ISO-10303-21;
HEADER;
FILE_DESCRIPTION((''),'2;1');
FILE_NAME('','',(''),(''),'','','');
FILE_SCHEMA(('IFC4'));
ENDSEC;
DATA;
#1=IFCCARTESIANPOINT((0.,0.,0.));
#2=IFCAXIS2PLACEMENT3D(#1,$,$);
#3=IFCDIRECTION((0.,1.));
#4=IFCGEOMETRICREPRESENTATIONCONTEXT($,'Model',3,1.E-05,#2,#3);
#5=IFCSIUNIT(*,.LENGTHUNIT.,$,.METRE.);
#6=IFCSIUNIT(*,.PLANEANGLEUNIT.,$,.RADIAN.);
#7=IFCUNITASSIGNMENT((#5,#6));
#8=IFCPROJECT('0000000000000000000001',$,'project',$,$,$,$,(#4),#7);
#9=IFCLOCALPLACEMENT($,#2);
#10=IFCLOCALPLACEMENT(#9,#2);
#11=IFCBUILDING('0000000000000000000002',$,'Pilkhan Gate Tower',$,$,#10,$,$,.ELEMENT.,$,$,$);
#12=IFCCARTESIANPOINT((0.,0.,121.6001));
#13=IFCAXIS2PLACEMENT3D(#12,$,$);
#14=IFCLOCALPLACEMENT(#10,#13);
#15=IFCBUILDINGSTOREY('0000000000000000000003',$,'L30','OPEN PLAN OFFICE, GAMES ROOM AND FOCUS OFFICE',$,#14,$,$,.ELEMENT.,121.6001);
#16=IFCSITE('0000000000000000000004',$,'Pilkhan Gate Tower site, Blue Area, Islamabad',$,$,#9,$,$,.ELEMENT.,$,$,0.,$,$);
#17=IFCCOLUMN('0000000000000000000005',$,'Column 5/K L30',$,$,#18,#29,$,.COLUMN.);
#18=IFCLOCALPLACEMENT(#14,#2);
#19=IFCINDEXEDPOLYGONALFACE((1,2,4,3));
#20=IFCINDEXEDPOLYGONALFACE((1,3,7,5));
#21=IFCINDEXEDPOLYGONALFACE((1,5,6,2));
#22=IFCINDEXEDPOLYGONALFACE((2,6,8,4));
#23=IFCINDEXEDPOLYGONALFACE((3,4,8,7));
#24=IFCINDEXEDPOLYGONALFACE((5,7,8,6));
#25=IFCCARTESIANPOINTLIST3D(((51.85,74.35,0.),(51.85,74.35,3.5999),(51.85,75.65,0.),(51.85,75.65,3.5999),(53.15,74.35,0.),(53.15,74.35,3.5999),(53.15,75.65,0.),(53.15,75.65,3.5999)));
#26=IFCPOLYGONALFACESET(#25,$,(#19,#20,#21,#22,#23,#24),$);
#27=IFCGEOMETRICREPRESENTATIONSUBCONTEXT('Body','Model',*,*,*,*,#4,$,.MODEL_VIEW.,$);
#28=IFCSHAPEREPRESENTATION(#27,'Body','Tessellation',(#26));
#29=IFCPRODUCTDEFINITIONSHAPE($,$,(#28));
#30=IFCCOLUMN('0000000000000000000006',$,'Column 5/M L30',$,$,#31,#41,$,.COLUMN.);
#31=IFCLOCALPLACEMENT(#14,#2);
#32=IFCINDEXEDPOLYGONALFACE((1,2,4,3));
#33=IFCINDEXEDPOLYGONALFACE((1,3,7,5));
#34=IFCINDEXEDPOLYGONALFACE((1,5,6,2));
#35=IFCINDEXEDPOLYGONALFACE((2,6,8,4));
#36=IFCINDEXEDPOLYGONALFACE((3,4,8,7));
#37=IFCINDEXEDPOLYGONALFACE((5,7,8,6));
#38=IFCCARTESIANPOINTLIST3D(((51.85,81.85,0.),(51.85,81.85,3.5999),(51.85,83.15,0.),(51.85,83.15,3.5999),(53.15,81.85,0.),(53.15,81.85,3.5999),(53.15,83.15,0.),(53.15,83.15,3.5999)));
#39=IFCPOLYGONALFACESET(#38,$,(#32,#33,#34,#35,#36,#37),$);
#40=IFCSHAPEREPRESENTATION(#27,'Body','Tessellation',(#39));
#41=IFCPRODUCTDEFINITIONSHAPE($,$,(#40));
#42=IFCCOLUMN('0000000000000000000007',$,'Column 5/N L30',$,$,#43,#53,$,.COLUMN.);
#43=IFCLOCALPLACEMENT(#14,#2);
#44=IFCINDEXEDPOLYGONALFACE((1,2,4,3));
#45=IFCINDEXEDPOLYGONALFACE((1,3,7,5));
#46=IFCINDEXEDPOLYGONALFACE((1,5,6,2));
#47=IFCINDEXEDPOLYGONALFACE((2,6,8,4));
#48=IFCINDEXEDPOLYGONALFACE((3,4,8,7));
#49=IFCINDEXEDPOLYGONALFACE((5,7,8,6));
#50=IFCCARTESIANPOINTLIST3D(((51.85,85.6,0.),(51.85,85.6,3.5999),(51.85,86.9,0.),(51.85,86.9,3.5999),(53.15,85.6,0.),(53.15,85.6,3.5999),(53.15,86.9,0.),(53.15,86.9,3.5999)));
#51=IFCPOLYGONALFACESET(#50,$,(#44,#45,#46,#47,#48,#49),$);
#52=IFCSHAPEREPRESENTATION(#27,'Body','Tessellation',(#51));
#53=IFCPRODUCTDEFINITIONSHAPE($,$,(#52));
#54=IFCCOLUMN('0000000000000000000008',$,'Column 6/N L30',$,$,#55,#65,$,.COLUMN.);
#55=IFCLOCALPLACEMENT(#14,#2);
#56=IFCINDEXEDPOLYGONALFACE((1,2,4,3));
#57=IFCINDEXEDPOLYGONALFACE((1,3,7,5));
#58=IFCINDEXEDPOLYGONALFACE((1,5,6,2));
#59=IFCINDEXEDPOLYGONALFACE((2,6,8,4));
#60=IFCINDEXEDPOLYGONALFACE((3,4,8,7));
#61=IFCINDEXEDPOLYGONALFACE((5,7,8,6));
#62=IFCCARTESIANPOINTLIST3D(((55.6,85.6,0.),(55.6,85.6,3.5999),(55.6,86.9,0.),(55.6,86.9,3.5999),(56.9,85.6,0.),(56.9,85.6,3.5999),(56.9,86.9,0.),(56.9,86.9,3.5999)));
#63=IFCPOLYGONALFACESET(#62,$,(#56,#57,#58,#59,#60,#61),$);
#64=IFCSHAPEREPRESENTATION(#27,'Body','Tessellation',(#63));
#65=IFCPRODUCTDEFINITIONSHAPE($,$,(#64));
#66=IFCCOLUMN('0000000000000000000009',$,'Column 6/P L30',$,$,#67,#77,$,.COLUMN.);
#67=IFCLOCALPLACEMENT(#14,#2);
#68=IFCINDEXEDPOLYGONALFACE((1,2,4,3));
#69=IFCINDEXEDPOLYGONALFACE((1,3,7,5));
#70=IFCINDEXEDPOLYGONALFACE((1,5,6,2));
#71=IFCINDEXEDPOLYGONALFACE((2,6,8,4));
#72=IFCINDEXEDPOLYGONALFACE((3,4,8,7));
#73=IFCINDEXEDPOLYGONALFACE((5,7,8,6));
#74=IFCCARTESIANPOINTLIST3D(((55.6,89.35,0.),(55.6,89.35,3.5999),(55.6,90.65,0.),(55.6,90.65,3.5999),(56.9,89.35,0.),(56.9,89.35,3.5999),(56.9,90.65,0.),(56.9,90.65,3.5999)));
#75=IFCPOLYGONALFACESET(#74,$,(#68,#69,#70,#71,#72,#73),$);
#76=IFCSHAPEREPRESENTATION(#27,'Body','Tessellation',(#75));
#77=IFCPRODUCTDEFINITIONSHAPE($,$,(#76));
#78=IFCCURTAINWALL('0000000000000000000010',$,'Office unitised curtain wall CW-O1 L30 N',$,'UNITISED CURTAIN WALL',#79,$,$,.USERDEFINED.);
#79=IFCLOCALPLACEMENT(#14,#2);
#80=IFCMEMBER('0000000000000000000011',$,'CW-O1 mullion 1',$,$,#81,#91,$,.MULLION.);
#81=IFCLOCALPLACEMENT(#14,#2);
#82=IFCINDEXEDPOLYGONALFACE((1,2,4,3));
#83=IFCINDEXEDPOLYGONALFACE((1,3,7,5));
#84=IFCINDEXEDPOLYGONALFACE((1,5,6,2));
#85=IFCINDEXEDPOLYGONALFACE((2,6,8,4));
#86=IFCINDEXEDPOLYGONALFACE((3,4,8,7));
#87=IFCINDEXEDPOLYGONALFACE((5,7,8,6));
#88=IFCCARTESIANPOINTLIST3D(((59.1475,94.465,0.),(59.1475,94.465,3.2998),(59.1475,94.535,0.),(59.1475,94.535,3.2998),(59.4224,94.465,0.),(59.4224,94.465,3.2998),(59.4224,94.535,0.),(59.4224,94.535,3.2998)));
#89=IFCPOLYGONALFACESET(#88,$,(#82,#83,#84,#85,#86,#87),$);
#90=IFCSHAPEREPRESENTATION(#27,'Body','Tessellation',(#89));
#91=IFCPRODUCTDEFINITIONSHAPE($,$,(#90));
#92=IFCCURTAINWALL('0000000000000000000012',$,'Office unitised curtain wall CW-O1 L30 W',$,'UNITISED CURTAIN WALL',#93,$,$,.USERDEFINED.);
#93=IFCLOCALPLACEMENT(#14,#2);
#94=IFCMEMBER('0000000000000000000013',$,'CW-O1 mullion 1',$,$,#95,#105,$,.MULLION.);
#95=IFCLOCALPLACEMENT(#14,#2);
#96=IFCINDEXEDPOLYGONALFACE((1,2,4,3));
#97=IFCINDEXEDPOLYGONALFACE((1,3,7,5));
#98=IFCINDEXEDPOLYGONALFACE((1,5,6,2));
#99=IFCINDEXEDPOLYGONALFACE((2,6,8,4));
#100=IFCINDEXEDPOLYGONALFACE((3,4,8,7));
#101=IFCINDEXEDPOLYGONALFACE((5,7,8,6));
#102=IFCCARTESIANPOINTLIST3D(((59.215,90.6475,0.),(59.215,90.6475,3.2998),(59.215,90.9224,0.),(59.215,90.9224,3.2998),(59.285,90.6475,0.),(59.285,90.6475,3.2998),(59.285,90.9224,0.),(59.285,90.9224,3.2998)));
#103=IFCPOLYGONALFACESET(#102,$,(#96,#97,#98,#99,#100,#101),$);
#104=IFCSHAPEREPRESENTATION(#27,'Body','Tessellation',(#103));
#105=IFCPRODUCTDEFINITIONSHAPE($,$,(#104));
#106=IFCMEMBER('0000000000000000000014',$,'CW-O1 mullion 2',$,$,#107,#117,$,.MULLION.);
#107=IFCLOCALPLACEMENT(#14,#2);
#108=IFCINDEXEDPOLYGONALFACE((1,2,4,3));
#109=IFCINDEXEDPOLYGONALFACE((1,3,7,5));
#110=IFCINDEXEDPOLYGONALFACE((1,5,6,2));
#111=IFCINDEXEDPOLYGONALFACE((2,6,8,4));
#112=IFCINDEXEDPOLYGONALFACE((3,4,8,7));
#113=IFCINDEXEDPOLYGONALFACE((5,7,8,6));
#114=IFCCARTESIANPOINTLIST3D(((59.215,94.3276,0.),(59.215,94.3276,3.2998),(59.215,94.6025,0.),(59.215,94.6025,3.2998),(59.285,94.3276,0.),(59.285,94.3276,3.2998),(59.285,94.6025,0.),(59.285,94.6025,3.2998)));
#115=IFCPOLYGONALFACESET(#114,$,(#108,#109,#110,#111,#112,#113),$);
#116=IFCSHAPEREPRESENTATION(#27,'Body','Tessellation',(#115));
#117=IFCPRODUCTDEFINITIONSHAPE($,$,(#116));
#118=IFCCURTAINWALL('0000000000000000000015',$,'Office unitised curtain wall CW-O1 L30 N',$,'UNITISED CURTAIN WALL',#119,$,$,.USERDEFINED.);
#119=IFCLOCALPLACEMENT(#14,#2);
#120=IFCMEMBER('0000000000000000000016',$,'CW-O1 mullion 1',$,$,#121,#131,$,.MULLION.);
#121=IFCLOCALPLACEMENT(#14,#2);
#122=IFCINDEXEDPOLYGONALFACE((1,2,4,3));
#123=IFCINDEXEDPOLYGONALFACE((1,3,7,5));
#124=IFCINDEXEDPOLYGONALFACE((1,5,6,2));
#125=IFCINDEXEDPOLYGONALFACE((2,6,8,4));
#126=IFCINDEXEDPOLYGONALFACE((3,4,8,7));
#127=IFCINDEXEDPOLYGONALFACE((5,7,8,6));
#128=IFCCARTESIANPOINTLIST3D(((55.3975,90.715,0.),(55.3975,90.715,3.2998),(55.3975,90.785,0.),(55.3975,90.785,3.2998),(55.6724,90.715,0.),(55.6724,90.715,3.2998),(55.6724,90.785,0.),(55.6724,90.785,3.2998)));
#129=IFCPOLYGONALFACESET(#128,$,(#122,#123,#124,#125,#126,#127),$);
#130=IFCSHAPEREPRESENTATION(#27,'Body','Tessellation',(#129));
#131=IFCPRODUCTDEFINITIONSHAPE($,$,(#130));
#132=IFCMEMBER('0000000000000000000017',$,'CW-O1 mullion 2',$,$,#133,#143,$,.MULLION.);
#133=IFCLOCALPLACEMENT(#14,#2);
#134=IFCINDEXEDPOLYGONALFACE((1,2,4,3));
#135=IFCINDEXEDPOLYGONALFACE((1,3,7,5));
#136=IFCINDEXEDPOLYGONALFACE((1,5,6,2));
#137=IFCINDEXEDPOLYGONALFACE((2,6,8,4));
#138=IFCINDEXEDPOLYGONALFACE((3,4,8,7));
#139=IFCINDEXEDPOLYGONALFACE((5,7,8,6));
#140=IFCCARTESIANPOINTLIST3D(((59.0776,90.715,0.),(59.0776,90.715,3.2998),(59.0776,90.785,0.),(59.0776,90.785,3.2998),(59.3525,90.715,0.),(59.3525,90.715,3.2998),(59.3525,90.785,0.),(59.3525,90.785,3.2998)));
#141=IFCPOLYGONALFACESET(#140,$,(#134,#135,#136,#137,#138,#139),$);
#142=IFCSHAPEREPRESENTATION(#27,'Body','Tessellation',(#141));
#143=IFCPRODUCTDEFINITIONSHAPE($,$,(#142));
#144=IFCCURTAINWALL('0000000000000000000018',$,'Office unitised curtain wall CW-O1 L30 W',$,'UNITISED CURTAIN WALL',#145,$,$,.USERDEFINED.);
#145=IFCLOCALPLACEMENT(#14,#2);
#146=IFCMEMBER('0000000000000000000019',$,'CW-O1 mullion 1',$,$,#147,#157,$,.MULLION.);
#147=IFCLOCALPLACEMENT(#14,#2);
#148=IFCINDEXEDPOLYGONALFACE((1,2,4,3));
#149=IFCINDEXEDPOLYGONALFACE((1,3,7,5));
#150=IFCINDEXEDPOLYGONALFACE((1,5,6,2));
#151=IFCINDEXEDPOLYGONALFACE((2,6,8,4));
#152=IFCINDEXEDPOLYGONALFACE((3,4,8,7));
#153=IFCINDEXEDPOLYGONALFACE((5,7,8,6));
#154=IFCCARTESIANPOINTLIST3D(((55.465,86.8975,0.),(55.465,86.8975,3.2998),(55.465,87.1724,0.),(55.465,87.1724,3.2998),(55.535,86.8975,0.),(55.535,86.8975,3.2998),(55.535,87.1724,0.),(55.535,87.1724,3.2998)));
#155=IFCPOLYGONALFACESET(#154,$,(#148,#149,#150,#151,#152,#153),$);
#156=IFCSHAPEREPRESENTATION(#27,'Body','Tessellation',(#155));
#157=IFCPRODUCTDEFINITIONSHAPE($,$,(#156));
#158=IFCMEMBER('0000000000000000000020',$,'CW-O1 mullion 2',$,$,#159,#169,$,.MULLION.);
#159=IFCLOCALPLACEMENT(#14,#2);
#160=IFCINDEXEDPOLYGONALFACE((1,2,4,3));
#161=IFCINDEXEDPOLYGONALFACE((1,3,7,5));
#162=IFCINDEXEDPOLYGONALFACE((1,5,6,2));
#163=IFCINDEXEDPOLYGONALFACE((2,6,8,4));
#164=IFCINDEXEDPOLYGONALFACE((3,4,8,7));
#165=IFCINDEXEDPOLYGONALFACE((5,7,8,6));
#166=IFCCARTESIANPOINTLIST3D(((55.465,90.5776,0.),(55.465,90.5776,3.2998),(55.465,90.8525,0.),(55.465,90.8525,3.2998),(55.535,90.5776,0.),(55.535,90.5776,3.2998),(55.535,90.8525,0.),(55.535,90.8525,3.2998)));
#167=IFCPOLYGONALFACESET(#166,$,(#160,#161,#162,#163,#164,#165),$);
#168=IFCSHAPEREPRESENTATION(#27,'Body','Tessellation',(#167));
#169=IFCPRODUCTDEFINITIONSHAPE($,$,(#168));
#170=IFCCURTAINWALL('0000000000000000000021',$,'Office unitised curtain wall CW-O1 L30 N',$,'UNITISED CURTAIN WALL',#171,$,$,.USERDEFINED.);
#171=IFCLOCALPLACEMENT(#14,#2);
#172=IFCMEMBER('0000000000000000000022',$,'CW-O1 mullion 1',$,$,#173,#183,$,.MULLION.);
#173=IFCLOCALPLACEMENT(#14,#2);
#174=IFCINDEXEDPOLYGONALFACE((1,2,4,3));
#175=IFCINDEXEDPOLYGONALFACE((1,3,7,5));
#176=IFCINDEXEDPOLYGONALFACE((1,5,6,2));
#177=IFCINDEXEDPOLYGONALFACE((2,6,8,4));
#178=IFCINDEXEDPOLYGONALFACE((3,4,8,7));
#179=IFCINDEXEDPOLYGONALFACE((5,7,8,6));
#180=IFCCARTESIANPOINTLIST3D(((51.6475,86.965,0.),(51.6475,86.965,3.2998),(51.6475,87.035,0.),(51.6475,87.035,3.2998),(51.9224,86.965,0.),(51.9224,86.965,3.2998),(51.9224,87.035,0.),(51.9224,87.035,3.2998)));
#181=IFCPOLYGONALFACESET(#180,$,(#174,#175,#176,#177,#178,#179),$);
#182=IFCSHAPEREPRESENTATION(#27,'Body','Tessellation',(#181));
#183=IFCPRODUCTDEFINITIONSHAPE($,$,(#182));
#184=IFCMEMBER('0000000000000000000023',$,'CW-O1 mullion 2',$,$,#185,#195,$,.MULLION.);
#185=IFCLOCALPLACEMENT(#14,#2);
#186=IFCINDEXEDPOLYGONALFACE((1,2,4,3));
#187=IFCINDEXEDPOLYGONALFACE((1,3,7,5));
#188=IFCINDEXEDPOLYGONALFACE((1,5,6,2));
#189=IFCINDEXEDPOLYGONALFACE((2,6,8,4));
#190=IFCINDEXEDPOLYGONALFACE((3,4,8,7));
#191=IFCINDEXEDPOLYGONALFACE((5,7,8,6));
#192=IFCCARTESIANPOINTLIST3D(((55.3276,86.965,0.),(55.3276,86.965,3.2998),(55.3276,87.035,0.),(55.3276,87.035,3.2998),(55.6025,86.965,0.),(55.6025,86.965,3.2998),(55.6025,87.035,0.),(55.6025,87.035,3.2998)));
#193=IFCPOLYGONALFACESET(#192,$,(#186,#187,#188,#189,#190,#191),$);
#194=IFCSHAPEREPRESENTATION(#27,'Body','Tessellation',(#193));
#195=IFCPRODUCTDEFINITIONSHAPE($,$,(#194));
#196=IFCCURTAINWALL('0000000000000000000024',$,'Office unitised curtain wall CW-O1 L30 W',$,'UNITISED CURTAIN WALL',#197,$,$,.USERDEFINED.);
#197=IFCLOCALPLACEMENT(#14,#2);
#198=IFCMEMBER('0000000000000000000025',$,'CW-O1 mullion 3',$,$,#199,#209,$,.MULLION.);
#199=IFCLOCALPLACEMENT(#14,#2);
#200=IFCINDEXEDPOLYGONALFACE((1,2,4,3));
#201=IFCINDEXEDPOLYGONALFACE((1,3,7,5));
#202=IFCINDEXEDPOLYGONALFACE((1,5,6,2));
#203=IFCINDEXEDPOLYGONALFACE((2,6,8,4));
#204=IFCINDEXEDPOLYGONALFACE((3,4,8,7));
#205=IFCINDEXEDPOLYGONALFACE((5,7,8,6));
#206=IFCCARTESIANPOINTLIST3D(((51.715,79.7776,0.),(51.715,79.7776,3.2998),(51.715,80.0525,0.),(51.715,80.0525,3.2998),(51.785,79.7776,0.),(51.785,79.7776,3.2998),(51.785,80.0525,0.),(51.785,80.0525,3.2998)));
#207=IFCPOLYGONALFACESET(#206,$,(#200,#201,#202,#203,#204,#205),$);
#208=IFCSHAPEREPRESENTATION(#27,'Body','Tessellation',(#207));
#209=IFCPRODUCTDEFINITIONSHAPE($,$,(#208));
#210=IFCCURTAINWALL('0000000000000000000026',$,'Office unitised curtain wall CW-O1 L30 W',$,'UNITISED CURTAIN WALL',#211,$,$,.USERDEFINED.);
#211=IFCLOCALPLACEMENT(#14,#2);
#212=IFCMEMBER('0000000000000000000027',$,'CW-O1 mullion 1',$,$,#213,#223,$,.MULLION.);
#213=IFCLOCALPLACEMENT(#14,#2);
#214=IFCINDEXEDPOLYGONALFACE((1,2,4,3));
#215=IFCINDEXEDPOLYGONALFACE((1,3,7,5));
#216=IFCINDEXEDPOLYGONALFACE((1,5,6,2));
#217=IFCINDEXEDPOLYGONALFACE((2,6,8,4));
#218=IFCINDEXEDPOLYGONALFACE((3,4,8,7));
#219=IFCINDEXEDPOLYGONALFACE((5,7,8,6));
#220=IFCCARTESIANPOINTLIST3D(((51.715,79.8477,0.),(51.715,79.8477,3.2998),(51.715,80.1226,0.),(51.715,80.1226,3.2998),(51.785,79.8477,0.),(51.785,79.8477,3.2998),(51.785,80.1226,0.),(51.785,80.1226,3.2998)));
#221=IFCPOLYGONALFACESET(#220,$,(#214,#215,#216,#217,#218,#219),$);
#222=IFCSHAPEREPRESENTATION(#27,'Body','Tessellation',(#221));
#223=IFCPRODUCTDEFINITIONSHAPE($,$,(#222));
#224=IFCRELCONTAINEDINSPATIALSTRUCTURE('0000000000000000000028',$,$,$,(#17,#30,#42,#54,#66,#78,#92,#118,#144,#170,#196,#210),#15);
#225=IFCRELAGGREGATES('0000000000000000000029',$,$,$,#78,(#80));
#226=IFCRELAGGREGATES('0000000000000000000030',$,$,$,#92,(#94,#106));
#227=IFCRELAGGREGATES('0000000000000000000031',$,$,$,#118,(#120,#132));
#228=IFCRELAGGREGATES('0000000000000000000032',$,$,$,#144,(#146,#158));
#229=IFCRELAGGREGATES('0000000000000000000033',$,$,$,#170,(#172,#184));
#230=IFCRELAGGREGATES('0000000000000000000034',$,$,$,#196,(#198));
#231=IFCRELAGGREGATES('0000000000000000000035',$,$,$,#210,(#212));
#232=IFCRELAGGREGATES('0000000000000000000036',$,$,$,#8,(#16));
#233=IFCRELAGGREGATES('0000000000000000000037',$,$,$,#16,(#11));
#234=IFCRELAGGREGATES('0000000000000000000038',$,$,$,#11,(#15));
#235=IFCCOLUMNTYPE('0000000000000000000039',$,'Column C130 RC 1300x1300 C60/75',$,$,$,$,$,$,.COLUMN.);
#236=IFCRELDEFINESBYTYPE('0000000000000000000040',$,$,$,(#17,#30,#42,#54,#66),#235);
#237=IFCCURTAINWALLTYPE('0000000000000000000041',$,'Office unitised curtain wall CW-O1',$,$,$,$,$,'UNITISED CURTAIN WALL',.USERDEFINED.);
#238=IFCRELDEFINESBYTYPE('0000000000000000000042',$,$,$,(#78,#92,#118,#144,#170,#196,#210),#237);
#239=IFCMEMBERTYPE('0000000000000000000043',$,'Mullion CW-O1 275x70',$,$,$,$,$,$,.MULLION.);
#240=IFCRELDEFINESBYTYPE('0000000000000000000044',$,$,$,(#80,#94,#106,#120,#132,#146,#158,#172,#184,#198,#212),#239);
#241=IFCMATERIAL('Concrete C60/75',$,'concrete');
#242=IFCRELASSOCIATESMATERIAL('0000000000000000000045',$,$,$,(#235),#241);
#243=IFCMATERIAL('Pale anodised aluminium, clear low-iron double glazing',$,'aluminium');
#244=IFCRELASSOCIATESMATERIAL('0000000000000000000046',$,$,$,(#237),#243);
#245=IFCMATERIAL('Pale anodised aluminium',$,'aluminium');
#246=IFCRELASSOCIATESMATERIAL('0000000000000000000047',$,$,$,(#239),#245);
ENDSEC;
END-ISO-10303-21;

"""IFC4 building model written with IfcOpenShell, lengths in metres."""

from ifc_helpers import new_model, si_unit, direction, frame, origin, origin_2d, place, context, subcontext, project, spatial, rectangle, extrude, material, material_profile, profile_set, type_object, element, aggregate, save


model = new_model("IFC4")

# Units and contexts
model_context = context("Model", 3, precision=1e-05, world=origin(), true_north=direction((0.0, 1.0)))
body_context = subcontext(model_context, "Body", "Model", "MODEL_VIEW")
ifc_project = project(units=[si_unit("LENGTHUNIT", "METRE"), si_unit("PLANEANGLEUNIT", "RADIAN")], contexts=[model_context])

# Site, building, storey
site_placement = place(None, origin())
site = spatial("IfcSite", under=ifc_project, at=site_placement, Name="Pilkhan Gate Tower site, Blue Area, Islamabad", CompositionType="ELEMENT", RefElevation=0.0)
building_placement = place(site_placement, origin())
building = spatial("IfcBuilding", under=site, at=building_placement, Name="Pilkhan Gate Tower", CompositionType="ELEMENT")
storey_placement = place(building_placement, frame((0.0, 0.0, 121.6001)))
storey = spatial("IfcBuildingStorey", under=building, at=storey_placement, Name="L30", Description="OPEN PLAN OFFICE, GAMES ROOM AND FOCUS OFFICE", CompositionType="ELEMENT", Elevation=121.6001)

# Columns
ifc_material_1 = material(Name="Concrete C60/75", Category="concrete")
ifc_material_profile_1 = material_profile(ifc_material_1, rectangle(XDim=1.3, YDim=1.3, at=origin_2d()), Name="RC 1300x1300")
ifc_profile_set_1 = profile_set([ifc_material_profile_1], Name="Concrete C60/75")
column_type = type_object("IfcColumnType", Name="Column C130 RC 1300x1300 C60/75", PredefinedType="COLUMN", material=ifc_profile_set_1)
for number, where, z_axis, x_axis, name in (
    (1, (52.5, 75.0, 0.0), (0.0, 0.0, 1.0), (1.0, 0.0, 0.0), "Column 5/K L30"),
    (2, (52.5, 82.5, 0.0), (0.0, 0.0, 1.0), (1.0, 0.0, 0.0), "Column 5/M L30"),
    (3, (52.5, 86.25, 0.0), (0.0, 0.0, 1.0), (1.0, 0.0, 0.0), "Column 5/N L30"),
    (4, (56.25, 86.25, 0.0), (0.0, 0.0, 1.0), (1.0, 0.0, 0.0), "Column 6/N L30"),
    (5, (56.25, 90.0, 0.0), (0.0, 0.0, 1.0), (1.0, 0.0, 0.0), "Column 6/P L30"),
):
    element("IfcColumn", number, at=place(storey_placement, frame(where, z_axis=z_axis, x_axis=x_axis)), inside=storey, type_object=column_type, Name=name, PredefinedType="COLUMN", context=body_context, shape_type="SweptSolid", body=[
        extrude(rectangle(XDim=1.3, YDim=1.3, at=origin_2d()), origin(), (0.0, 0.0, 1.0), 3.5999),
    ])

# Curtain wall, member
ifc_material_2 = material(Name="Pale anodised aluminium, clear low-iron double glazing", Category="aluminium")
curtain_wall_type = type_object("IfcCurtainWallType", Name="Office unitised curtain wall CW-O1", ElementType="UNITISED CURTAIN WALL", PredefinedType="USERDEFINED", material=ifc_material_2)
curtain_wall_1_placement = place(storey_placement, origin())
curtain_wall_1 = element("IfcCurtainWall", 6, at=curtain_wall_1_placement, inside=storey, type_object=curtain_wall_type, Name="Office unitised curtain wall CW-O1 L30 N", ObjectType="UNITISED CURTAIN WALL", PredefinedType="USERDEFINED")
ifc_material_3 = material(Name="Pale anodised aluminium", Category="aluminium")
ifc_material_profile_2 = material_profile(ifc_material_3, rectangle(XDim=0.0701, YDim=0.2749, at=origin_2d()), Name="Mullion 275x70")
ifc_profile_set_2 = profile_set([ifc_material_profile_2], Name="Pale anodised aluminium")
member_type_1 = type_object("IfcMemberType", Name="Mullion CW-O1 275x70", PredefinedType="MULLION", material=ifc_profile_set_2)
member_1_placement = place(storey_placement, frame((59.2849, 94.5, 0.0), z_axis=(0.0, 0.0, 1.0), x_axis=(0.0, 1.0, 0.0)))
member_1 = element("IfcMember", 7, at=member_1_placement, type_object=member_type_1, Name="CW-O1 mullion 1", PredefinedType="MULLION", context=body_context, shape_type="SweptSolid", body=[
    extrude(rectangle(XDim=0.0701, YDim=0.2749, at=origin_2d()), origin(), (0.0, 0.0, 1.0), 3.2998),
])

# Curtain walls, members
curtain_wall_2_placement = place(storey_placement, origin())
curtain_wall_2 = element("IfcCurtainWall", 8, at=curtain_wall_2_placement, inside=storey, type_object=curtain_wall_type, Name="Office unitised curtain wall CW-O1 L30 W", ObjectType="UNITISED CURTAIN WALL", PredefinedType="USERDEFINED")
member_2_placement = place(storey_placement, frame((59.25, 90.7849, 0.0), z_axis=(0.0, 0.0, 1.0), x_axis=(-1.0, 0.0, 0.0)))
member_2 = element("IfcMember", 9, at=member_2_placement, type_object=member_type_1, Name="CW-O1 mullion 1", PredefinedType="MULLION", context=body_context, shape_type="SweptSolid", body=[
    extrude(rectangle(XDim=0.0701, YDim=0.2749, at=origin_2d()), origin(), (0.0, 0.0, 1.0), 3.2998),
])
member_3_placement = place(storey_placement, frame((59.25, 94.4651, 0.0), z_axis=(0.0, 0.0, 1.0), x_axis=(-1.0, 0.0, 0.0)))
member_3 = element("IfcMember", 10, at=member_3_placement, type_object=member_type_1, Name="CW-O1 mullion 2", PredefinedType="MULLION", context=body_context, shape_type="SweptSolid", body=[
    extrude(rectangle(XDim=0.0701, YDim=0.2749, at=origin_2d()), origin(), (0.0, 0.0, 1.0), 3.2998),
])
curtain_wall_3_placement = place(storey_placement, origin())
curtain_wall_3 = element("IfcCurtainWall", 11, at=curtain_wall_3_placement, inside=storey, type_object=curtain_wall_type, Name="Office unitised curtain wall CW-O1 L30 N", ObjectType="UNITISED CURTAIN WALL", PredefinedType="USERDEFINED")
member_4_placement = place(storey_placement, frame((55.5349, 90.75, 0.0), z_axis=(0.0, 0.0, 1.0), x_axis=(0.0, 1.0, 0.0)))
member_4 = element("IfcMember", 12, at=member_4_placement, type_object=member_type_1, Name="CW-O1 mullion 1", PredefinedType="MULLION", context=body_context, shape_type="SweptSolid", body=[
    extrude(rectangle(XDim=0.0701, YDim=0.2749, at=origin_2d()), origin(), (0.0, 0.0, 1.0), 3.2998),
])
member_5_placement = place(storey_placement, frame((59.2151, 90.75, 0.0), z_axis=(0.0, 0.0, 1.0), x_axis=(0.0, 1.0, 0.0)))
member_5 = element("IfcMember", 13, at=member_5_placement, type_object=member_type_1, Name="CW-O1 mullion 2", PredefinedType="MULLION", context=body_context, shape_type="SweptSolid", body=[
    extrude(rectangle(XDim=0.0701, YDim=0.2749, at=origin_2d()), origin(), (0.0, 0.0, 1.0), 3.2998),
])
curtain_wall_4_placement = place(storey_placement, origin())
curtain_wall_4 = element("IfcCurtainWall", 14, at=curtain_wall_4_placement, inside=storey, type_object=curtain_wall_type, Name="Office unitised curtain wall CW-O1 L30 W", ObjectType="UNITISED CURTAIN WALL", PredefinedType="USERDEFINED")
member_6_placement = place(storey_placement, frame((55.5, 87.0349, 0.0), z_axis=(0.0, 0.0, 1.0), x_axis=(-1.0, 0.0, 0.0)))
member_6 = element("IfcMember", 15, at=member_6_placement, type_object=member_type_1, Name="CW-O1 mullion 1", PredefinedType="MULLION", context=body_context, shape_type="SweptSolid", body=[
    extrude(rectangle(XDim=0.0701, YDim=0.2749, at=origin_2d()), origin(), (0.0, 0.0, 1.0), 3.2998),
])
member_7_placement = place(storey_placement, frame((55.5, 90.7151, 0.0), z_axis=(0.0, 0.0, 1.0), x_axis=(-1.0, 0.0, 0.0)))
member_7 = element("IfcMember", 16, at=member_7_placement, type_object=member_type_1, Name="CW-O1 mullion 2", PredefinedType="MULLION", context=body_context, shape_type="SweptSolid", body=[
    extrude(rectangle(XDim=0.0701, YDim=0.2749, at=origin_2d()), origin(), (0.0, 0.0, 1.0), 3.2998),
])
curtain_wall_5_placement = place(storey_placement, origin())
curtain_wall_5 = element("IfcCurtainWall", 17, at=curtain_wall_5_placement, inside=storey, type_object=curtain_wall_type, Name="Office unitised curtain wall CW-O1 L30 N", ObjectType="UNITISED CURTAIN WALL", PredefinedType="USERDEFINED")
member_8_placement = place(storey_placement, frame((51.7849, 87.0, 0.0), z_axis=(0.0, 0.0, 1.0), x_axis=(0.0, 1.0, 0.0)))
member_8 = element("IfcMember", 18, at=member_8_placement, type_object=member_type_1, Name="CW-O1 mullion 1", PredefinedType="MULLION", context=body_context, shape_type="SweptSolid", body=[
    extrude(rectangle(XDim=0.0701, YDim=0.2749, at=origin_2d()), origin(), (0.0, 0.0, 1.0), 3.2998),
])
member_9_placement = place(storey_placement, frame((55.4651, 87.0, 0.0), z_axis=(0.0, 0.0, 1.0), x_axis=(0.0, 1.0, 0.0)))
member_9 = element("IfcMember", 19, at=member_9_placement, type_object=member_type_1, Name="CW-O1 mullion 2", PredefinedType="MULLION", context=body_context, shape_type="SweptSolid", body=[
    extrude(rectangle(XDim=0.0701, YDim=0.2749, at=origin_2d()), origin(), (0.0, 0.0, 1.0), 3.2998),
])

# Curtain wall, member
curtain_wall_6_placement = place(storey_placement, origin())
curtain_wall_6 = element("IfcCurtainWall", 20, at=curtain_wall_6_placement, inside=storey, type_object=curtain_wall_type, Name="Office unitised curtain wall CW-O1 L30 W", ObjectType="UNITISED CURTAIN WALL", PredefinedType="USERDEFINED")
member_10_placement = place(storey_placement, frame((51.75, 79.915, 0.0), z_axis=(0.0, 0.0, 1.0), x_axis=(-1.0, 0.0, 0.0)))
member_10 = element("IfcMember", 21, at=member_10_placement, type_object=member_type_1, Name="CW-O1 mullion 3", PredefinedType="MULLION", context=body_context, shape_type="SweptSolid", body=[
    extrude(rectangle(XDim=0.0701, YDim=0.2749, at=origin_2d()), origin(), (0.0, 0.0, 1.0), 3.2998),
])

# Curtain wall, member
curtain_wall_7_placement = place(storey_placement, origin())
curtain_wall_7 = element("IfcCurtainWall", 22, at=curtain_wall_7_placement, inside=storey, type_object=curtain_wall_type, Name="Office unitised curtain wall CW-O1 L30 W", ObjectType="UNITISED CURTAIN WALL", PredefinedType="USERDEFINED")
member_11_placement = place(storey_placement, frame((51.75, 79.9851, 0.0), z_axis=(0.0, 0.0, 1.0), x_axis=(-1.0, 0.0, 0.0)))
member_11 = element("IfcMember", 23, at=member_11_placement, type_object=member_type_1, Name="CW-O1 mullion 1", PredefinedType="MULLION", context=body_context, shape_type="SweptSolid", body=[
    extrude(rectangle(XDim=0.0701, YDim=0.2749, at=origin_2d()), origin(), (0.0, 0.0, 1.0), 3.2998),
])

aggregate(curtain_wall_1, [member_1])

aggregate(curtain_wall_2, [member_2, member_3])
aggregate(curtain_wall_3, [member_4, member_5])
aggregate(curtain_wall_4, [member_6, member_7])
aggregate(curtain_wall_5, [member_8, member_9])
aggregate(curtain_wall_6, [member_10])
aggregate(curtain_wall_7, [member_11])

save(model, "model.ifc")
